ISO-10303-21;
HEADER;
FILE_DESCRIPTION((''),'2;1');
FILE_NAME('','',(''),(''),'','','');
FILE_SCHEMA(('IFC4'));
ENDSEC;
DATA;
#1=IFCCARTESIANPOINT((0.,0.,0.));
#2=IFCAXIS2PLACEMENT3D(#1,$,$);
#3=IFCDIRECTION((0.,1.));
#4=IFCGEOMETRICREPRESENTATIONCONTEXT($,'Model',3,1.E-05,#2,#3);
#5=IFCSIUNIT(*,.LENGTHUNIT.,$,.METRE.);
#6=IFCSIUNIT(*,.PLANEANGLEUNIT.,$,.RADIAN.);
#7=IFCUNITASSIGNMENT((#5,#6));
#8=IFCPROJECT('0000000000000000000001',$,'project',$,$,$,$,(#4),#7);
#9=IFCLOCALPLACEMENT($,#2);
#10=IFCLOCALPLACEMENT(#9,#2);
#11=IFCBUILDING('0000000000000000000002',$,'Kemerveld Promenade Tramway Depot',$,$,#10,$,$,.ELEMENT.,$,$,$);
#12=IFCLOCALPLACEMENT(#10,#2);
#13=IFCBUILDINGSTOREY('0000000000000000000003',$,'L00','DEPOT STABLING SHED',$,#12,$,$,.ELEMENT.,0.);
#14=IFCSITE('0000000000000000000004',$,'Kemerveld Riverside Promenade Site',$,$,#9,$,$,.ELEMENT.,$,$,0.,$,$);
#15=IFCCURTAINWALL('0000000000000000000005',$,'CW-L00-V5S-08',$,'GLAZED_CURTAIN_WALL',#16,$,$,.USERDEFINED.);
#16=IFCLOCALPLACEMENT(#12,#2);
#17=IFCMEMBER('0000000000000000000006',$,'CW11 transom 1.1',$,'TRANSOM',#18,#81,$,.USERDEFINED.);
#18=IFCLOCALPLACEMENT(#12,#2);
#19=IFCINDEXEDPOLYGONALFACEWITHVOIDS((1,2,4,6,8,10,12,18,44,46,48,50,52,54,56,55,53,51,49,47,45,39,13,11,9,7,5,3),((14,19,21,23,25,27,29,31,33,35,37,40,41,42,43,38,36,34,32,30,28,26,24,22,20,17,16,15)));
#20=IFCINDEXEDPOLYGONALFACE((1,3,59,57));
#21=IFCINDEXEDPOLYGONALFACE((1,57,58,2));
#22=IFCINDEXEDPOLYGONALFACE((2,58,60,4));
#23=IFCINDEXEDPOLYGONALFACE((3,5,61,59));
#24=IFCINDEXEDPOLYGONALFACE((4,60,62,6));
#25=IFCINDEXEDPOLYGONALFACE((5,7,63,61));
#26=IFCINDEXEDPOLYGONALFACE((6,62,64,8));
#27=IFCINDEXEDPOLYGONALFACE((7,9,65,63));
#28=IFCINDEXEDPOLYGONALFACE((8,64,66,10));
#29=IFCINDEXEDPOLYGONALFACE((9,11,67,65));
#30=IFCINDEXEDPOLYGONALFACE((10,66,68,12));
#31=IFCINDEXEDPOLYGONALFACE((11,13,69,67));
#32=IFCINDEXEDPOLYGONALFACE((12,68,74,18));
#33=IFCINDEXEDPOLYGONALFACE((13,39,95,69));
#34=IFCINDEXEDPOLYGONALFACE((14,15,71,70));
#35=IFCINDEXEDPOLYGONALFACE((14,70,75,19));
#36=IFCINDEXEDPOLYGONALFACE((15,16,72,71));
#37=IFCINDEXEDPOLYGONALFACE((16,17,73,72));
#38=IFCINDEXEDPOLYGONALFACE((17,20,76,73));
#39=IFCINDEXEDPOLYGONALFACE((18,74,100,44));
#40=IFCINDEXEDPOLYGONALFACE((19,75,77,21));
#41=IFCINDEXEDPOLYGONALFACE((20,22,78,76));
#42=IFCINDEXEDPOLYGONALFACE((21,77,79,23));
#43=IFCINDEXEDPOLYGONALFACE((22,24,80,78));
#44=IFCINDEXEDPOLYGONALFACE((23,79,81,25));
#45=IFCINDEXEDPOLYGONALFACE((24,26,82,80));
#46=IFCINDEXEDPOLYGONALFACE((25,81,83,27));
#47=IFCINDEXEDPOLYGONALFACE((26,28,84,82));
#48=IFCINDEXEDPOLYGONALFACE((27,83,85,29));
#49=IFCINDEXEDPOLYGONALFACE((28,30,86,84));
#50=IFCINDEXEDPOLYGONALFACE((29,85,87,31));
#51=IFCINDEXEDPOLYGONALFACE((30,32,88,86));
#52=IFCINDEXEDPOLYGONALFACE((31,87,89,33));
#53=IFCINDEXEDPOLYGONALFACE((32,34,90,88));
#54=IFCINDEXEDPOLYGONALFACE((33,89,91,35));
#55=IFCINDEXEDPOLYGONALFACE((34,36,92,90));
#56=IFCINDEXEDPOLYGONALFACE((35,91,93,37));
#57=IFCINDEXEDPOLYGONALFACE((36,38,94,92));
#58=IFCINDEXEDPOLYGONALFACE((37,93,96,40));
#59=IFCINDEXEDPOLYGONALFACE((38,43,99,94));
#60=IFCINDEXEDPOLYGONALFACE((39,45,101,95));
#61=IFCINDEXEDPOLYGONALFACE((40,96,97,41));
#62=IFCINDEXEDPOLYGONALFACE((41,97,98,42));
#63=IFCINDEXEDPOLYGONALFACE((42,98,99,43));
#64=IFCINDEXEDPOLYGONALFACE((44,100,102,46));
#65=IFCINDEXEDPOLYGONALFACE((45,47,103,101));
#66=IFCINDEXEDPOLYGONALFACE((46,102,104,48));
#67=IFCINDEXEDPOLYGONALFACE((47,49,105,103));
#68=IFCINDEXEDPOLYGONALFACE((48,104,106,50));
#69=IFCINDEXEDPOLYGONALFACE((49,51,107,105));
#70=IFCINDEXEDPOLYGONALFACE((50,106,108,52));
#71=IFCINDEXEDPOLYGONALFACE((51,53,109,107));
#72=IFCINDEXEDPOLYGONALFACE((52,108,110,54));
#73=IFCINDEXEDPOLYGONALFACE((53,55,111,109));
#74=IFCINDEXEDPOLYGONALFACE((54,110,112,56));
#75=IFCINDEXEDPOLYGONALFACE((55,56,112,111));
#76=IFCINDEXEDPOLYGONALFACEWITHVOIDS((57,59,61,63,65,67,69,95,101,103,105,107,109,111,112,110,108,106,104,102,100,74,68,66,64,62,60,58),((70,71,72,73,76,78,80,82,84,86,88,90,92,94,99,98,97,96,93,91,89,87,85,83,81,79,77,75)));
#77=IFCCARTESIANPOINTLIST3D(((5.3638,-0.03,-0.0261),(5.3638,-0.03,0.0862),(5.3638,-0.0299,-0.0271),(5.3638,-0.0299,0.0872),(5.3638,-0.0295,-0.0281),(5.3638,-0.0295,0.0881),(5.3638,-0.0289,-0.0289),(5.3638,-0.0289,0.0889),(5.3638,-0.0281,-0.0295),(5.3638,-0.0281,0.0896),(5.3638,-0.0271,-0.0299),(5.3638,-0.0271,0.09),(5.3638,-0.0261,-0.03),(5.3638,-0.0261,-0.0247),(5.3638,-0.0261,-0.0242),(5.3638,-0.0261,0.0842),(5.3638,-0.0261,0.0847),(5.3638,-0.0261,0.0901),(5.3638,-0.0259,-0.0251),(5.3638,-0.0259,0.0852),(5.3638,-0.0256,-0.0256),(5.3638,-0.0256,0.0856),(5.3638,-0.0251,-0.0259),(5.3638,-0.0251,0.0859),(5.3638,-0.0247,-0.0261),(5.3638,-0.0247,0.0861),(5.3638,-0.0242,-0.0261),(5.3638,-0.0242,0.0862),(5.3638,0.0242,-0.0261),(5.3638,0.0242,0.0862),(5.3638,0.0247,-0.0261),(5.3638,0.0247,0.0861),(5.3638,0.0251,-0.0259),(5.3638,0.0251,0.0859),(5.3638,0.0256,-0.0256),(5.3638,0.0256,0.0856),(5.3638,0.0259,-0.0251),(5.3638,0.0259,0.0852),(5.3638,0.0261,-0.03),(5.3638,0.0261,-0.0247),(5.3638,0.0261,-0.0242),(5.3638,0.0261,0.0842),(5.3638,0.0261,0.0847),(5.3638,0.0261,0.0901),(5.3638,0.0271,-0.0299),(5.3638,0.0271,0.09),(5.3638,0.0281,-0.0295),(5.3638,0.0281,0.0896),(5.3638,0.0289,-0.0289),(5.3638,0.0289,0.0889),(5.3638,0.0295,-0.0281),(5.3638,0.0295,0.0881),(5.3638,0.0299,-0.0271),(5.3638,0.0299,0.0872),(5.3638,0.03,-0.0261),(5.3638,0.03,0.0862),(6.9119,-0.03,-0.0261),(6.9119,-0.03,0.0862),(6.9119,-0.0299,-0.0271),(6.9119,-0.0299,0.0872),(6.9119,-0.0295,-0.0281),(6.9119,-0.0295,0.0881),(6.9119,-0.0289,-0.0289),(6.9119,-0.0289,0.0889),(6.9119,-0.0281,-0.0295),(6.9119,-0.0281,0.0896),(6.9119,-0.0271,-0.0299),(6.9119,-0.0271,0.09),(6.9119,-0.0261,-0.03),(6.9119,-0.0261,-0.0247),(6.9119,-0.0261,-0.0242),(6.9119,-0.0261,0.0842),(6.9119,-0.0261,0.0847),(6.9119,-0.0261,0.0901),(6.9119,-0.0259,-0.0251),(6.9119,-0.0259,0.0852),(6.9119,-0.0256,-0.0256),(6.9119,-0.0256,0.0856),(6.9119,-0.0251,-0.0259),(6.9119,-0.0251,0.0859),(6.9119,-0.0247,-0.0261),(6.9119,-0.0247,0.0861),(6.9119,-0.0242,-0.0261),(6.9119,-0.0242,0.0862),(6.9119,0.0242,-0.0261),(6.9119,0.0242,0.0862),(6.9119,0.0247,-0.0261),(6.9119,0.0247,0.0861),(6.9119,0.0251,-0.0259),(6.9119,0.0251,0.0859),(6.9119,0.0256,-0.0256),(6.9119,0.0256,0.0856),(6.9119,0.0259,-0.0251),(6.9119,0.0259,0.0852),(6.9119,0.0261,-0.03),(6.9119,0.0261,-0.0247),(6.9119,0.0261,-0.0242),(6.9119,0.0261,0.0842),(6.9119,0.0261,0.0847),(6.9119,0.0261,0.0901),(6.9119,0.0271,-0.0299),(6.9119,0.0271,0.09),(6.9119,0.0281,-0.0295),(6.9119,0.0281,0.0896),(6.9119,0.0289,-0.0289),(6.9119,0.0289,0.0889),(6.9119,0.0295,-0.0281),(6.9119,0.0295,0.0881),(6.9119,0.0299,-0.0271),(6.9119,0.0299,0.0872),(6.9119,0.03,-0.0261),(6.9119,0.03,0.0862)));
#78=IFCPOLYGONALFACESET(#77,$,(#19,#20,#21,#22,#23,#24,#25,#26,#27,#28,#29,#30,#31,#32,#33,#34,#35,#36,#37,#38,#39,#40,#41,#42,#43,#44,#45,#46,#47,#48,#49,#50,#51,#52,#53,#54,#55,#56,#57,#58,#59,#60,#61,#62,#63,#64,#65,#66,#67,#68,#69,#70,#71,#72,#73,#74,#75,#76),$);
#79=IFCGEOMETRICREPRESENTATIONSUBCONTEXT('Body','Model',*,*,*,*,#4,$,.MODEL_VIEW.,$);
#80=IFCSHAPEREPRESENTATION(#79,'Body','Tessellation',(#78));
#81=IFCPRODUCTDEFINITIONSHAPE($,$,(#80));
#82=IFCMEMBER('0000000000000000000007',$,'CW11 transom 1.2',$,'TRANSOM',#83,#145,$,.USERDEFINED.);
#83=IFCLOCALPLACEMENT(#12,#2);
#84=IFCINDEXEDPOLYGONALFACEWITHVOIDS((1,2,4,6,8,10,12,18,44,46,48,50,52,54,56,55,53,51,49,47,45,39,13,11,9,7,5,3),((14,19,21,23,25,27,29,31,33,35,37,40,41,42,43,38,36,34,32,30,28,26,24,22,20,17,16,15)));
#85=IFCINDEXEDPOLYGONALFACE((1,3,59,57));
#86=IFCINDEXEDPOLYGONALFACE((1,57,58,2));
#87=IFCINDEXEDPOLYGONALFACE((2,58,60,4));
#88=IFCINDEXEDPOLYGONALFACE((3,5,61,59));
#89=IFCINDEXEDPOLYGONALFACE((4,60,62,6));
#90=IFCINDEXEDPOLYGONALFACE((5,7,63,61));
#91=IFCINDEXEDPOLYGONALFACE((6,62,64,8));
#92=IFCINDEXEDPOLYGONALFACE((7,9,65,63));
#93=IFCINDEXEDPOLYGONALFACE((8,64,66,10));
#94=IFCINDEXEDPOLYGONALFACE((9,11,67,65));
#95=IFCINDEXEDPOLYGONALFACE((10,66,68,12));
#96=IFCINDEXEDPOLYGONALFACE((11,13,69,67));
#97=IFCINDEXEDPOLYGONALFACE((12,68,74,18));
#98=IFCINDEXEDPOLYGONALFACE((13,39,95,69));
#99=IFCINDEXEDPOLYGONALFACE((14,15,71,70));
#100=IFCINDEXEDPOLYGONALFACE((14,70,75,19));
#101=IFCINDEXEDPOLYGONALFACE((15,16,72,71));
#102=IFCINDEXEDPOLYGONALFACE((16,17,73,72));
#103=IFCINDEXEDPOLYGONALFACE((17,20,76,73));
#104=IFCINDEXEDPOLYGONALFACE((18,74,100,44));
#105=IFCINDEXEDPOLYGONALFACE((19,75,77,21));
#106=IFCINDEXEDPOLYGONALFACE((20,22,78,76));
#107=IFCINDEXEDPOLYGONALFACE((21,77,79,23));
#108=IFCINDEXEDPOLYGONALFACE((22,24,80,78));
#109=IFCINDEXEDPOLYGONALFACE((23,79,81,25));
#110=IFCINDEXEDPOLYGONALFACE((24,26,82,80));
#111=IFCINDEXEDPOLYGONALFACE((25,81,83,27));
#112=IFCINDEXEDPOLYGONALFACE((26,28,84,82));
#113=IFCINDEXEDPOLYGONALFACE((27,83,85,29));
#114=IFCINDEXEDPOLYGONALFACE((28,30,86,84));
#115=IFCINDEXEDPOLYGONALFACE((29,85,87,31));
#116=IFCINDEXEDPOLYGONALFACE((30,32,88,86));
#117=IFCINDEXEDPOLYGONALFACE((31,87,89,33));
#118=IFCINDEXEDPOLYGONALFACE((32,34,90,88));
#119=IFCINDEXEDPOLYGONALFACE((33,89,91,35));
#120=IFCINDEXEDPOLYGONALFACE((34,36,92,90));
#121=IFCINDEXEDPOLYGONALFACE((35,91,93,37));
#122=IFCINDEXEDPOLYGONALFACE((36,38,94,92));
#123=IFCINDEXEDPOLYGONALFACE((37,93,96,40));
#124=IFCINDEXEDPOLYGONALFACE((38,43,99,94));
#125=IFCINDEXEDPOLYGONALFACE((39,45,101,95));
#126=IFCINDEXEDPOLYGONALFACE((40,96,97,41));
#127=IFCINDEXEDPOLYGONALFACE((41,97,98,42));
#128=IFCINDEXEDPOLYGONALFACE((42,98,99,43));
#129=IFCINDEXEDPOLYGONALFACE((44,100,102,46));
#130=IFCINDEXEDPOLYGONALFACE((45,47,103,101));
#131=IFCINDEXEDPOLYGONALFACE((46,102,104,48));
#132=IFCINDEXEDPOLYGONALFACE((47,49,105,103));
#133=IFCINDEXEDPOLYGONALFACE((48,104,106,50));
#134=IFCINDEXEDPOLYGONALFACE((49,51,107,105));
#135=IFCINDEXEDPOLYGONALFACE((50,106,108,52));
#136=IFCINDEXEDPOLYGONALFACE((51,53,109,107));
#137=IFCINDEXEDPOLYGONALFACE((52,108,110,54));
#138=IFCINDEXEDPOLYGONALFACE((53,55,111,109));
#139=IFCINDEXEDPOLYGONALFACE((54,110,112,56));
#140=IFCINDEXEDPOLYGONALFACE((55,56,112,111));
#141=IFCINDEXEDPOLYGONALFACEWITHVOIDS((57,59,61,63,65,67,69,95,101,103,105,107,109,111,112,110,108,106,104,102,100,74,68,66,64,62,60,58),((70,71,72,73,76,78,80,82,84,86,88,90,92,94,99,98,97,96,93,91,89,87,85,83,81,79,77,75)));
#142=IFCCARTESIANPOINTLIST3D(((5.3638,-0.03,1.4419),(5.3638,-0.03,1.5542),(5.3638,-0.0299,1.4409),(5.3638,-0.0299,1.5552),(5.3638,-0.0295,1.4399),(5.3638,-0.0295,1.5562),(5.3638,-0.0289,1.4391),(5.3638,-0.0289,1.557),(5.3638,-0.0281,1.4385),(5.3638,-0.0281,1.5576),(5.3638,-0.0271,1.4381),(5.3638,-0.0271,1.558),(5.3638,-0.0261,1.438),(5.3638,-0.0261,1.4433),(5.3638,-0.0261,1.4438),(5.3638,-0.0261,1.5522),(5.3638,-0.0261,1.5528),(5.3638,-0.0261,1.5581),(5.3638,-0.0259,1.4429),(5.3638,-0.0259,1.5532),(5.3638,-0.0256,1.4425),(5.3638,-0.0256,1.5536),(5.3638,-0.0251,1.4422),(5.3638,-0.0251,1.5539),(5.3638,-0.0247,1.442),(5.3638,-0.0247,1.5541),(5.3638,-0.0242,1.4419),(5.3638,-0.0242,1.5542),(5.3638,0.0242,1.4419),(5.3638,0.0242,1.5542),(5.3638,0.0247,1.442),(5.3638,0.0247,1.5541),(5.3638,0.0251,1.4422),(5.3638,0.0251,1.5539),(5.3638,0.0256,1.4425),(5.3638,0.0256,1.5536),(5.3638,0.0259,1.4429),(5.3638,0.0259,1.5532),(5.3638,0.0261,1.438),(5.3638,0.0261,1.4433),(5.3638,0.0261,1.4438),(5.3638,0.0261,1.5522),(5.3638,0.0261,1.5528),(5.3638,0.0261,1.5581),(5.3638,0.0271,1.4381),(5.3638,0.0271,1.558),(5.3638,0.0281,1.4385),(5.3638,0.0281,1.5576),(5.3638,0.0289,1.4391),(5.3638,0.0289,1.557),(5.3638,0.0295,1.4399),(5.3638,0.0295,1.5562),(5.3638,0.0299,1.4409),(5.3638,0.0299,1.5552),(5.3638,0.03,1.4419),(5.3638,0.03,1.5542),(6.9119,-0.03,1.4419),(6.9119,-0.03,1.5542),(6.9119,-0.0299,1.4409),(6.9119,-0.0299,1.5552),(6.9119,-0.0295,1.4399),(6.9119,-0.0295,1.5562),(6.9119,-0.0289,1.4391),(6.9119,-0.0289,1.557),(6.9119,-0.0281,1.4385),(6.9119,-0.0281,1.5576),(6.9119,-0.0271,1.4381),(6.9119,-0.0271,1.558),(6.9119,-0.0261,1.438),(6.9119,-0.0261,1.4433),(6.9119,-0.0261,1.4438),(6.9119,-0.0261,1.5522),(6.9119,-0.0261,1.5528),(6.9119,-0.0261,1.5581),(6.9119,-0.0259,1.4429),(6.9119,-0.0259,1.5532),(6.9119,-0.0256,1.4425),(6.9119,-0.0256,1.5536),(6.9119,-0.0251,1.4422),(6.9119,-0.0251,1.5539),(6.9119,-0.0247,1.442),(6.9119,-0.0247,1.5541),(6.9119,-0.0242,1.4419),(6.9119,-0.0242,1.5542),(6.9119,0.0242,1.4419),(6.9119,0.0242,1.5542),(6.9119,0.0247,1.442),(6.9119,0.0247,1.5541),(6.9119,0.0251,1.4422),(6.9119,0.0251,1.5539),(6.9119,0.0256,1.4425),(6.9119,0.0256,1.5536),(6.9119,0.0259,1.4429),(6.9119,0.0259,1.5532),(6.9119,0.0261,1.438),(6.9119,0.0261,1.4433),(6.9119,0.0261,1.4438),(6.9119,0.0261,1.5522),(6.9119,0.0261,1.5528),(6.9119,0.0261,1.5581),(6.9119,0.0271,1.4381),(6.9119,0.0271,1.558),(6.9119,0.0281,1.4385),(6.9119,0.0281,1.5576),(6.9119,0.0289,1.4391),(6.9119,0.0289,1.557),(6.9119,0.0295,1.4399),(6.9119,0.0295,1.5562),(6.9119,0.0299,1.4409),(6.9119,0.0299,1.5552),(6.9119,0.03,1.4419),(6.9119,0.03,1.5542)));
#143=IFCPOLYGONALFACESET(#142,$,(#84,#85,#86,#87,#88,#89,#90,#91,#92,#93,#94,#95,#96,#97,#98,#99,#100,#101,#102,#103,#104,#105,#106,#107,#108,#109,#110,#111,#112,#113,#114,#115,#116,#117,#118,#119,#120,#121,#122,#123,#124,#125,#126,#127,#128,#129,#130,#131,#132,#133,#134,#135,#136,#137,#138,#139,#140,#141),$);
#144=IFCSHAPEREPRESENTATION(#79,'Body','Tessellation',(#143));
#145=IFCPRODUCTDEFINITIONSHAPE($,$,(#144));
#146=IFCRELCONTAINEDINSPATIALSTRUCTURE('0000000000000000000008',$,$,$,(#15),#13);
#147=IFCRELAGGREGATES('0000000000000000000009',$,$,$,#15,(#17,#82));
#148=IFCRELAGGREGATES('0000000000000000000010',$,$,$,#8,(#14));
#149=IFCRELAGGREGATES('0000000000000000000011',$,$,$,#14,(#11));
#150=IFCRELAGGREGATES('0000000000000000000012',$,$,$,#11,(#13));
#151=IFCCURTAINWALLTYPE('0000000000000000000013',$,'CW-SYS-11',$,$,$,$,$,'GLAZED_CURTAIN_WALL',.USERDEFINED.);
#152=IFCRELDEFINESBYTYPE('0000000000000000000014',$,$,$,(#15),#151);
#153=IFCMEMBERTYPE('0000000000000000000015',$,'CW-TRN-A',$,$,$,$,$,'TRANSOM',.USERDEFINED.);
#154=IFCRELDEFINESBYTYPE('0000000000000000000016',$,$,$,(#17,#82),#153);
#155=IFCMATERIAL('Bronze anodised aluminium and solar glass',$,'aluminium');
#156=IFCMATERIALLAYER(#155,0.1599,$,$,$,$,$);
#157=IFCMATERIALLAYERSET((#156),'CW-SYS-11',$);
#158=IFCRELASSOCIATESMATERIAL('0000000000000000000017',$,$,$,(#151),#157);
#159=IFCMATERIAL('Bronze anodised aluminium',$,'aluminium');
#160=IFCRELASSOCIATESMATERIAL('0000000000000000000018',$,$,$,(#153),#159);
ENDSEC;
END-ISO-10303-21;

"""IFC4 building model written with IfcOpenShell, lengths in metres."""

from ifc_helpers import new_model, si_unit, direction, frame, origin, origin_2d, place, context, subcontext, project, spatial, hollow_rectangle, extrude, material, layer, layer_set, material_profile, profile_set, type_object, element, aggregate, save


model = new_model("IFC4")

# Units and contexts
model_context = context("Model", 3, precision=1e-05, world=origin(), true_north=direction((0.0, 1.0)))
body_context = subcontext(model_context, "Body", "Model", "MODEL_VIEW")
ifc_project = project(units=[si_unit("LENGTHUNIT", "METRE"), si_unit("PLANEANGLEUNIT", "RADIAN")], contexts=[model_context])

# Site, building, storey
site_placement = place(None, origin())
site = spatial("IfcSite", under=ifc_project, at=site_placement, Name="Kemerveld Riverside Promenade Site", CompositionType="ELEMENT", RefElevation=0.0)
building_placement = place(site_placement, origin())
building = spatial("IfcBuilding", under=site, at=building_placement, Name="Kemerveld Promenade Tramway Depot", CompositionType="ELEMENT")
storey_placement = place(building_placement, origin())
storey = spatial("IfcBuildingStorey", under=building, at=storey_placement, Name="L00", Description="DEPOT STABLING SHED", CompositionType="ELEMENT", Elevation=0.0)

# Curtain wall, members
ifc_material_1 = material(Name="Bronze anodised aluminium and solar glass", Category="aluminium")
ifc_layer_1 = layer(ifc_material_1, 0.1599)
ifc_layer_set_1 = layer_set([ifc_layer_1], Name="CW-SYS-11")
curtain_wall_type = type_object("IfcCurtainWallType", Name="CW-SYS-11", ElementType="GLAZED_CURTAIN_WALL", PredefinedType="USERDEFINED", material=ifc_layer_set_1)
curtain_wall_placement = place(storey_placement, origin())
curtain_wall = element("IfcCurtainWall", 1, at=curtain_wall_placement, inside=storey, type_object=curtain_wall_type, Name="CW-L00-V5S-08", ObjectType="GLAZED_CURTAIN_WALL", PredefinedType="USERDEFINED")
ifc_material_2 = material(Name="Bronze anodised aluminium", Category="aluminium")
ifc_material_profile_1 = material_profile(ifc_material_2, hollow_rectangle(XDim=0.0601, YDim=0.1201, WallThickness=0.0039, InnerFilletRadius=0.002, OuterFilletRadius=0.0039, at=origin_2d()), Name="CW-TRN-120x60")
ifc_profile_set_1 = profile_set([ifc_material_profile_1], Name="Bronze anodised aluminium")
member_type_1 = type_object("IfcMemberType", Name="CW-TRN-A", ElementType="TRANSOM", PredefinedType="USERDEFINED", material=ifc_profile_set_1)
member_1_placement = place(storey_placement, frame((6.9119, 0.0, 0.03), z_axis=(-1.0, 0.0, 0.0), x_axis=(0.0, -1.0, 0.0)))
member_1 = element("IfcMember", 2, at=member_1_placement, type_object=member_type_1, Name="CW11 transom 1.1", ObjectType="TRANSOM", PredefinedType="USERDEFINED", context=body_context, shape_type="SweptSolid", body=[
    extrude(hollow_rectangle(XDim=0.0601, YDim=0.1201, WallThickness=0.0039, InnerFilletRadius=0.002, OuterFilletRadius=0.0039, at=origin_2d()), origin(), (0.0, 0.0, 1.0), 1.5481),
])
member_2_placement = place(storey_placement, frame((6.9119, 0.0, 1.498), z_axis=(-1.0, 0.0, 0.0), x_axis=(0.0, -1.0, 0.0)))
member_2 = element("IfcMember", 3, at=member_2_placement, type_object=member_type_1, Name="CW11 transom 1.2", ObjectType="TRANSOM", PredefinedType="USERDEFINED", context=body_context, shape_type="SweptSolid", body=[
    extrude(hollow_rectangle(XDim=0.0601, YDim=0.1201, WallThickness=0.0039, InnerFilletRadius=0.002, OuterFilletRadius=0.0039, at=origin_2d()), origin(), (0.0, 0.0, 1.0), 1.5481),
])
aggregate(curtain_wall, [member_1, member_2])

save(model, "model.ifc")
